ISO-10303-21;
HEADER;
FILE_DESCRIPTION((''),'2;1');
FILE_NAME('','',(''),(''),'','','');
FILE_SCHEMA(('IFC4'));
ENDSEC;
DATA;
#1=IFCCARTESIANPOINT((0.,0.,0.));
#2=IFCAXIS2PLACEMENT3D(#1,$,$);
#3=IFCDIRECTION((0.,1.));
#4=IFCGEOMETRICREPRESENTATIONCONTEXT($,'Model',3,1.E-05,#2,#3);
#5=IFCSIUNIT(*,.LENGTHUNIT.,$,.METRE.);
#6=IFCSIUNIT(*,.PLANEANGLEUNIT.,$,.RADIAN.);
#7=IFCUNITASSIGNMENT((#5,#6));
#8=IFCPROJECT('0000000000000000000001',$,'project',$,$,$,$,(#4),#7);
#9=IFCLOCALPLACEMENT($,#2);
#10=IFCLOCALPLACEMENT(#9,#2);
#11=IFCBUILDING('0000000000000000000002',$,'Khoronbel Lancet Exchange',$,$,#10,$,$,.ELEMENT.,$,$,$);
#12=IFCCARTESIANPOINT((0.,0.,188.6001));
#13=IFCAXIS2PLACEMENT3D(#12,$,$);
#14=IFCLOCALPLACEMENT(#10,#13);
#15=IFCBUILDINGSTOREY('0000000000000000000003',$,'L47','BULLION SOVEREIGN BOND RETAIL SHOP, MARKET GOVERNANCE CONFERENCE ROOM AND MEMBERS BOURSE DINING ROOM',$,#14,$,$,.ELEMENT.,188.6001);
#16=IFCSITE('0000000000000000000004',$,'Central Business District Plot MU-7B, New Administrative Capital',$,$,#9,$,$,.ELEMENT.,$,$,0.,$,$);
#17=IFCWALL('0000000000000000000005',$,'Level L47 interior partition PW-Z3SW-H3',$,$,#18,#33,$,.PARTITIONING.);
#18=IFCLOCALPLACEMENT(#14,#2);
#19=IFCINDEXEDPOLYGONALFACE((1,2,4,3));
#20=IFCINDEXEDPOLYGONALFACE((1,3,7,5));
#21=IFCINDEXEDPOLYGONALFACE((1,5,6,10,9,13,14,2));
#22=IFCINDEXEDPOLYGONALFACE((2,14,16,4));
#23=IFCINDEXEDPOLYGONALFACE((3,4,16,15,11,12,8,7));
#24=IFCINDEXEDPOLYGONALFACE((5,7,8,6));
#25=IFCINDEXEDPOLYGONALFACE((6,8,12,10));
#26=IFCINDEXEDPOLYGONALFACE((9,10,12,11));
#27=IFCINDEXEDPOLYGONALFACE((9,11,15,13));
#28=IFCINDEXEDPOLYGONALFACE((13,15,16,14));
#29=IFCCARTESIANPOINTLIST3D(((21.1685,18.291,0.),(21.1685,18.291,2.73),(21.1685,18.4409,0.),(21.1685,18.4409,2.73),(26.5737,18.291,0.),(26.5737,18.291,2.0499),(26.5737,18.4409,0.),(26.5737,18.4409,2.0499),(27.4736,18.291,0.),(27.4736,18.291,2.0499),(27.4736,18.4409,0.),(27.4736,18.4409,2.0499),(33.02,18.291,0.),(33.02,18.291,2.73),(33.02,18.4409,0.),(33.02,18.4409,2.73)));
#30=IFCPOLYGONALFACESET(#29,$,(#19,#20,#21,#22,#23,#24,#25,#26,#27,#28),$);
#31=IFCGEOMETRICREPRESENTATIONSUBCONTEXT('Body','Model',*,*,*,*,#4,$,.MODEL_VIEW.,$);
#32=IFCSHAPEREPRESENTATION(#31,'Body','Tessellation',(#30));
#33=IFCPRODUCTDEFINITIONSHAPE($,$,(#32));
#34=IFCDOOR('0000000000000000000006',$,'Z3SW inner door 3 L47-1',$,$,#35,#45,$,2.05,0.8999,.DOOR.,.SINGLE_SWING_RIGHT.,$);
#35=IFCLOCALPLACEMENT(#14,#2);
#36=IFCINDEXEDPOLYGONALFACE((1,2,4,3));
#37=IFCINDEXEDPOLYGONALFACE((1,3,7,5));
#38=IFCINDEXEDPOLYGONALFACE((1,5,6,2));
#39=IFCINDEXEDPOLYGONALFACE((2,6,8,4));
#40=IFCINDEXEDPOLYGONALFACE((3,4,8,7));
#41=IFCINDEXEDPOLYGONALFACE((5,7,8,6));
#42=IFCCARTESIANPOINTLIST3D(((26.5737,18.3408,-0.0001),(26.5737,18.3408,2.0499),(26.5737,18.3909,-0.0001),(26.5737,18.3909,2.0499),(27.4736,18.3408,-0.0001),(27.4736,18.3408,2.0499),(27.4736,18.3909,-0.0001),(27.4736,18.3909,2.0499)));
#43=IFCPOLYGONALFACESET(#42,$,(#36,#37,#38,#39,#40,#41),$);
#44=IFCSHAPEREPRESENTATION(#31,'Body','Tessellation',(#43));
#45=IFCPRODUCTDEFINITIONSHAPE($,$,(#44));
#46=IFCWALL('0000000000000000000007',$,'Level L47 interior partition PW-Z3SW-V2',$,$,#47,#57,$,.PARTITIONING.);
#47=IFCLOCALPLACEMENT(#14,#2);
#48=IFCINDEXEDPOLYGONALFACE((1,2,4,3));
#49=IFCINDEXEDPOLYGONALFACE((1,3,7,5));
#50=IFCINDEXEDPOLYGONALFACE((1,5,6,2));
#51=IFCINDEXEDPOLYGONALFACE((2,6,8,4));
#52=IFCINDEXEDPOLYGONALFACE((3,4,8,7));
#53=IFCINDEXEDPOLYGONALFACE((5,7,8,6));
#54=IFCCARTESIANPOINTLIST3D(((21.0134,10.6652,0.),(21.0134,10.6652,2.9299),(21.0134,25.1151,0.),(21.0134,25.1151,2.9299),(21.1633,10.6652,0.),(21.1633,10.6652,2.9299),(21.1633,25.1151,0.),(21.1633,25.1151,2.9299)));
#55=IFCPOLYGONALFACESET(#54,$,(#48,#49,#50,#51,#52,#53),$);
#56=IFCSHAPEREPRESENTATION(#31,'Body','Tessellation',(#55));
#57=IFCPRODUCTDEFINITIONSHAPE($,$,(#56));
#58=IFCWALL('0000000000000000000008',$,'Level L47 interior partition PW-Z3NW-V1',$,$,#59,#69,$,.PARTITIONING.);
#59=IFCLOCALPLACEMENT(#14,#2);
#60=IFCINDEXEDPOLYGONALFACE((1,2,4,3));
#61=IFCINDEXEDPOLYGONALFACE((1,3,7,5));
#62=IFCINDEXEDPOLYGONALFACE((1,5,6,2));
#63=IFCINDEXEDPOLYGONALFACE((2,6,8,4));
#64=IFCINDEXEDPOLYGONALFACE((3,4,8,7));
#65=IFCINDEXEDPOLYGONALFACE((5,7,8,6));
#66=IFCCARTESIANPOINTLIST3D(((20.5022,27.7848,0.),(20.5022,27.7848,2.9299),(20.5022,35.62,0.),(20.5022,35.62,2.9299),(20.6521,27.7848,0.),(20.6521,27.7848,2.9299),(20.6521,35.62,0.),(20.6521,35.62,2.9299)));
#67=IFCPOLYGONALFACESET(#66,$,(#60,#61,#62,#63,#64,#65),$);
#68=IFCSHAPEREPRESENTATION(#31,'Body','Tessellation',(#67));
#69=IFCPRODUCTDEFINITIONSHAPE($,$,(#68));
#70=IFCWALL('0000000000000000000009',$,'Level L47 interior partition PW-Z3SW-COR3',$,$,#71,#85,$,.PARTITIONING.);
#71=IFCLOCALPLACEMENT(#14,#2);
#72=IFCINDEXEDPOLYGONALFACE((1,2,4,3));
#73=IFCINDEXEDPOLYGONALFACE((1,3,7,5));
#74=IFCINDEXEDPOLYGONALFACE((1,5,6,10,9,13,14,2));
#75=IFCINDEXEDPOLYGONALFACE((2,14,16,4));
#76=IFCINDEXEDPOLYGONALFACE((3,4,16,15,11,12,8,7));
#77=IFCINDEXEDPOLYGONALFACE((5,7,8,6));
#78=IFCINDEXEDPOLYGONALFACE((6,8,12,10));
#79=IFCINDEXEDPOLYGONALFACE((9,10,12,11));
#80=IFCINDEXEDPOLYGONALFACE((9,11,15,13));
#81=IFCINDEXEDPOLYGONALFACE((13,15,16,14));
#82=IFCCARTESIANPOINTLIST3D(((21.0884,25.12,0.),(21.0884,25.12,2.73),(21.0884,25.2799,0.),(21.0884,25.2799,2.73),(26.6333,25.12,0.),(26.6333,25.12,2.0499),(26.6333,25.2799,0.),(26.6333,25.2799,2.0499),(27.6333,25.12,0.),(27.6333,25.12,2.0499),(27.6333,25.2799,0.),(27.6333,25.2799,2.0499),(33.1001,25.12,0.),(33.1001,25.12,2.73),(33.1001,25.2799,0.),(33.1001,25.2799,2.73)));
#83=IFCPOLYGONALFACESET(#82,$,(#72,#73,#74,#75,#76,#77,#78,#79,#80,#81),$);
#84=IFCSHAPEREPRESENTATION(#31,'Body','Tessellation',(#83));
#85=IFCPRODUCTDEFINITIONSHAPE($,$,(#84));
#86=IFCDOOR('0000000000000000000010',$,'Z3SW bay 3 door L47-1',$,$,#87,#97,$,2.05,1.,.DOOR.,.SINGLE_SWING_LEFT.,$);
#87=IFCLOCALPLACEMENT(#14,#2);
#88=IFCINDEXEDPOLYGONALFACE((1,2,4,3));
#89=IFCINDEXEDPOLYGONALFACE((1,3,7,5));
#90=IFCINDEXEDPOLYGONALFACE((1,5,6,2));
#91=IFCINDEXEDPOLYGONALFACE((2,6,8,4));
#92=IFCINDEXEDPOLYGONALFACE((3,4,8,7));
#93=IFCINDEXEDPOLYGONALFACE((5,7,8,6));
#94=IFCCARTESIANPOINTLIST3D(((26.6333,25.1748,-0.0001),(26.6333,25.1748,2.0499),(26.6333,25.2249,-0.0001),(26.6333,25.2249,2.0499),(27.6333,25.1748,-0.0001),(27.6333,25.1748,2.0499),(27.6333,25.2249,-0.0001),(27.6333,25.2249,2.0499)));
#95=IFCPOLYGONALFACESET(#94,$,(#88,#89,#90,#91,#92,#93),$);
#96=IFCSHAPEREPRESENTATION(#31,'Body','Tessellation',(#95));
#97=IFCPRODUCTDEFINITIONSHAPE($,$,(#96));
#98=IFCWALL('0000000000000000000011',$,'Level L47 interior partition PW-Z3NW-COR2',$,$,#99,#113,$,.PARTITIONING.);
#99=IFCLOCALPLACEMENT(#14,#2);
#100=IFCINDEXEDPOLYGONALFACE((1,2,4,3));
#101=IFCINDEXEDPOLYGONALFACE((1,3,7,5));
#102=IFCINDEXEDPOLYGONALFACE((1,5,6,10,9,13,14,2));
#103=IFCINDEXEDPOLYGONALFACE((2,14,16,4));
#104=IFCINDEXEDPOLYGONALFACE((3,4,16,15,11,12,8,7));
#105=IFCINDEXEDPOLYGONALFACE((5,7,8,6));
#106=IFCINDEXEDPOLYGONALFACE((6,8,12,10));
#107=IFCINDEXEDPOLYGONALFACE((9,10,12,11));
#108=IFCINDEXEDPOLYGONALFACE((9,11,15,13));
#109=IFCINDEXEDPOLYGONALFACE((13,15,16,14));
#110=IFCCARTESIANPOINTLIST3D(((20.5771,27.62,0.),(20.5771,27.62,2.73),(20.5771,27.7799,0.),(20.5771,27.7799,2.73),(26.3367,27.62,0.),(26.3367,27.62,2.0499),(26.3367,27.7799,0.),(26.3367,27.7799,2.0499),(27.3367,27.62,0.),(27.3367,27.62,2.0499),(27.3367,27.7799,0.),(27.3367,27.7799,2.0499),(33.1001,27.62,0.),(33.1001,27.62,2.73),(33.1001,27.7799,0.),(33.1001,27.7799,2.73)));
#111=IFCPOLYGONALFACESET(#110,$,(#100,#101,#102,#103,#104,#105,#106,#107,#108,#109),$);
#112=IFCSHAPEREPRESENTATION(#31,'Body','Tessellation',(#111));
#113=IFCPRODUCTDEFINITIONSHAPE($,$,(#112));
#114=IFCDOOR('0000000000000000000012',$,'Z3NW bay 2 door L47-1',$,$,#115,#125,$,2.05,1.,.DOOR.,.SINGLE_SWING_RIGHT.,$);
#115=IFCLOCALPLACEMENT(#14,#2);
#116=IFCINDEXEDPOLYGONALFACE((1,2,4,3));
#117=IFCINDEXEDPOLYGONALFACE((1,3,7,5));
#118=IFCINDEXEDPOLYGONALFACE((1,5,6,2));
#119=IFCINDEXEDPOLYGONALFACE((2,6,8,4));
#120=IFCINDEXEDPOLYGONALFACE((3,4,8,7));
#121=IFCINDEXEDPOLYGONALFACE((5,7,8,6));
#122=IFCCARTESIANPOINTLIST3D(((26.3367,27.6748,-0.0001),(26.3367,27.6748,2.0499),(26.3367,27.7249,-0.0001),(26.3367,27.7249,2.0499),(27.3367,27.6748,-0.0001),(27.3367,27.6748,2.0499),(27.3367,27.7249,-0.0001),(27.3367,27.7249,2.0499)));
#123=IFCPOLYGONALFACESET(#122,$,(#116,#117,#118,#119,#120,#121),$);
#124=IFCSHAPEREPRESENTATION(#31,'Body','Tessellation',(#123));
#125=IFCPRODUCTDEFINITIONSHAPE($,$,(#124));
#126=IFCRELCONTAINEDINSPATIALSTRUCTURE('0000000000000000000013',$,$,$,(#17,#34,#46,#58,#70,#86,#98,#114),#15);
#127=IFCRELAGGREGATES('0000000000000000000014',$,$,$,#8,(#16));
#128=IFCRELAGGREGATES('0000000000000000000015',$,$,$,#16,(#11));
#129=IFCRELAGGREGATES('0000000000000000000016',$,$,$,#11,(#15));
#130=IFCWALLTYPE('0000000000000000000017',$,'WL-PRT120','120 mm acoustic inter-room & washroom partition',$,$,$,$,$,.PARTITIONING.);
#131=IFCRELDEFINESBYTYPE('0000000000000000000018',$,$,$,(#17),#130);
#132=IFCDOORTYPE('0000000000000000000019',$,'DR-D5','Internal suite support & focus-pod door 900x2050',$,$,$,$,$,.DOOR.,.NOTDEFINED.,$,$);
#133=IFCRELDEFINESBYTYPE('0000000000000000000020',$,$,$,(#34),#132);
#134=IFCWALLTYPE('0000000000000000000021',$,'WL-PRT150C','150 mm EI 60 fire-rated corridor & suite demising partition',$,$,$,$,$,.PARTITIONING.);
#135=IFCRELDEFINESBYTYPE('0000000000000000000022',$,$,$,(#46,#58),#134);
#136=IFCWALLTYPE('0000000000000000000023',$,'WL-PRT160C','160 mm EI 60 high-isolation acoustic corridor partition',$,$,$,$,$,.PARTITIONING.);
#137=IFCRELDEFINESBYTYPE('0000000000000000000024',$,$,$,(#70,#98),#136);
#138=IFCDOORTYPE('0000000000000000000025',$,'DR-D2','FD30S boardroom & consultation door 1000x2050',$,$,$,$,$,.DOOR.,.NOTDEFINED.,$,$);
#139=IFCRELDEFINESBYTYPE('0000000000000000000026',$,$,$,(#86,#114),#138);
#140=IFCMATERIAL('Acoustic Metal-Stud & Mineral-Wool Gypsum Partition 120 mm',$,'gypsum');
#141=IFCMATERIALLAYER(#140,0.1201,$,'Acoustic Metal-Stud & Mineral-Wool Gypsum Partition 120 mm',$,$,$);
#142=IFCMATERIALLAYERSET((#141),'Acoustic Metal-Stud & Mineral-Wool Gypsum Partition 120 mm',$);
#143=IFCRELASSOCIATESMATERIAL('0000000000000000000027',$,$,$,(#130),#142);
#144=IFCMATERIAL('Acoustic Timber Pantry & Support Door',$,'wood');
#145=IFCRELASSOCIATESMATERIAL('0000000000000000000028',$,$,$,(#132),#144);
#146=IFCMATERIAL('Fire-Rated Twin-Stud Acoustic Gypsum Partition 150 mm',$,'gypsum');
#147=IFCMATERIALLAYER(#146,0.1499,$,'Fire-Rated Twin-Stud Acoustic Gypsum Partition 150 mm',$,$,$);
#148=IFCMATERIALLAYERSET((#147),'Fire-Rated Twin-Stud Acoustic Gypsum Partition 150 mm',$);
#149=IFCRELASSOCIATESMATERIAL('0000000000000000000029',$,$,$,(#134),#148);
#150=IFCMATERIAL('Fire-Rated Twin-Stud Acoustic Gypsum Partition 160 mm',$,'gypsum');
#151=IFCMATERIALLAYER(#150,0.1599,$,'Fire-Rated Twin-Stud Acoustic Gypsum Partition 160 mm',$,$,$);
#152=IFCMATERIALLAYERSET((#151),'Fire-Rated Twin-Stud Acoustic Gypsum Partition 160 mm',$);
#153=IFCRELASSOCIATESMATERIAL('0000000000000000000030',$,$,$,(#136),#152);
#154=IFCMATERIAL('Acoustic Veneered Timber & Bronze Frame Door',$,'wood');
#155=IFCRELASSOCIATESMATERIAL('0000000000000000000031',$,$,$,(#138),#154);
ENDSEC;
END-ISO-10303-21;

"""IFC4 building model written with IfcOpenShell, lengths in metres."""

from ifc_helpers import new_model, si_unit, direction, frame, frame_2d, origin, place, context, subcontext, project, spatial, rectangle, extrude, material, layer, layer_set, type_object, element, fill, save


model = new_model("IFC4")

# Units and contexts
model_context = context("Model", 3, precision=1e-05, world=origin(), true_north=direction((0.0, 1.0)))
body_context = subcontext(model_context, "Body", "Model", "MODEL_VIEW")
ifc_project = project(units=[si_unit("LENGTHUNIT", "METRE"), si_unit("PLANEANGLEUNIT", "RADIAN")], contexts=[model_context])

# Site, building, storey
site_placement = place(None, origin())
site = spatial("IfcSite", under=ifc_project, at=site_placement, Name="Central Business District Plot MU-7B, New Administrative Capital", CompositionType="ELEMENT", RefElevation=0.0)
building_placement = place(site_placement, origin())
building = spatial("IfcBuilding", under=site, at=building_placement, Name="Khoronbel Lancet Exchange", CompositionType="ELEMENT")
storey_placement = place(building_placement, frame((0.0, 0.0, 188.6001)))
storey = spatial("IfcBuildingStorey", under=building, at=storey_placement, Name="L47", Description="BULLION SOVEREIGN BOND RETAIL SHOP, MARKET GOVERNANCE CONFERENCE ROOM AND MEMBERS BOURSE DINING ROOM", CompositionType="ELEMENT", Elevation=188.6001)

# Wall, opening, door
ifc_material_1 = material(Name="Acoustic Metal-Stud & Mineral-Wool Gypsum Partition 120 mm", Category="gypsum")
ifc_layer_1 = layer(ifc_material_1, 0.1201, Name="Acoustic Metal-Stud & Mineral-Wool Gypsum Partition 120 mm")
ifc_layer_set_1 = layer_set([ifc_layer_1], Name="Acoustic Metal-Stud & Mineral-Wool Gypsum Partition 120 mm")
wall_type_1 = type_object("IfcWallType", Name="WL-PRT120", Description="120 mm acoustic inter-room & washroom partition", PredefinedType="PARTITIONING", material=ifc_layer_set_1)
wall_1_placement = place(storey_placement, frame((21.1685, 18.366, 0.0), z_axis=(0.0, 0.0, 1.0), x_axis=(1.0, 0.0, 0.0)))
wall_1 = element("IfcWall", 1, at=wall_1_placement, inside=storey, type_object=wall_type_1, Name="Level L47 interior partition PW-Z3SW-H3", PredefinedType="PARTITIONING", context=body_context, shape_type="SweptSolid", body=[
    extrude(rectangle(XDim=11.8516, YDim=0.1499, at=frame_2d((5.9258, 0.0))), origin(), (0.0, 0.0, 1.0), 2.73),
])
opening_1_placement = place(wall_1_placement, frame((5.4053, 0.0, 0.0)))
opening_1 = element("IfcOpeningElement", 2, at=opening_1_placement, cuts=wall_1, PredefinedType="OPENING", context=body_context, shape_type="SweptSolid", body=[
    extrude(rectangle(XDim=0.8999, YDim=2.05, at=frame_2d((0.45, 1.0249))), frame((0.0, 0.085, 0.0), z_axis=(0.0, -1.0, 0.0), x_axis=(1.0, 0.0, 0.0)), (0.0, 0.0, 1.0), 0.1699),
])
ifc_material_2 = material(Name="Acoustic Timber Pantry & Support Door", Category="wood")
door_type_1 = type_object("IfcDoorType", Name="DR-D5", Description="Internal suite support & focus-pod door 900x2050", OperationType="NOTDEFINED", PredefinedType="DOOR", material=ifc_material_2)
door_1_placement = place(opening_1_placement, origin())
door_1 = element("IfcDoor", 3, at=door_1_placement, inside=storey, type_object=door_type_1, Name="Z3SW inner door 3 L47-1", OperationType="SINGLE_SWING_RIGHT", OverallHeight=2.05, OverallWidth=0.8999, PredefinedType="DOOR", context=body_context, shape_type="SweptSolid", body=[
    extrude(rectangle(XDim=0.8999, YDim=2.05, at=frame_2d((0.45, 1.0249))), frame((0.0, 0.0249, 0.0), z_axis=(0.0, -1.0, 0.0), x_axis=(1.0, 0.0, 0.0)), (0.0, 0.0, 1.0), 0.05),
])
fill(opening_1, door_1)

# Walls
ifc_material_3 = material(Name="Fire-Rated Twin-Stud Acoustic Gypsum Partition 150 mm", Category="gypsum")
ifc_layer_2 = layer(ifc_material_3, 0.1499, Name="Fire-Rated Twin-Stud Acoustic Gypsum Partition 150 mm")
ifc_layer_set_2 = layer_set([ifc_layer_2], Name="Fire-Rated Twin-Stud Acoustic Gypsum Partition 150 mm")
wall_type_2 = type_object("IfcWallType", Name="WL-PRT150C", Description="150 mm EI 60 fire-rated corridor & suite demising partition", PredefinedType="PARTITIONING", material=ifc_layer_set_2)
wall_2_placement = place(storey_placement, frame((21.0884, 10.665, 0.0), z_axis=(0.0, 0.0, 1.0), x_axis=(0.0, 1.0, 0.0)))
element("IfcWall", 4, at=wall_2_placement, inside=storey, type_object=wall_type_2, Name="Level L47 interior partition PW-Z3SW-V2", PredefinedType="PARTITIONING", context=body_context, shape_type="SweptSolid", body=[
    extrude(rectangle(XDim=14.45, YDim=0.1499, at=frame_2d((7.2251, 0.0))), origin(), (0.0, 0.0, 1.0), 2.9299),
])
wall_3_placement = place(storey_placement, frame((20.5771, 27.7849, 0.0), z_axis=(0.0, 0.0, 1.0), x_axis=(0.0, 1.0, 0.0)))
element("IfcWall", 5, at=wall_3_placement, inside=storey, type_object=wall_type_2, Name="Level L47 interior partition PW-Z3NW-V1", PredefinedType="PARTITIONING", context=body_context, shape_type="SweptSolid", body=[
    extrude(rectangle(XDim=7.8352, YDim=0.1499, at=frame_2d((3.9175, 0.0))), origin(), (0.0, 0.0, 1.0), 2.9299),
])

# Walls, openings, doors
ifc_material_4 = material(Name="Fire-Rated Twin-Stud Acoustic Gypsum Partition 160 mm", Category="gypsum")
ifc_layer_3 = layer(ifc_material_4, 0.1599, Name="Fire-Rated Twin-Stud Acoustic Gypsum Partition 160 mm")
ifc_layer_set_3 = layer_set([ifc_layer_3], Name="Fire-Rated Twin-Stud Acoustic Gypsum Partition 160 mm")
wall_type_3 = type_object("IfcWallType", Name="WL-PRT160C", Description="160 mm EI 60 high-isolation acoustic corridor partition", PredefinedType="PARTITIONING", material=ifc_layer_set_3)
wall_4_placement = place(storey_placement, frame((21.0884, 25.2, 0.0), z_axis=(0.0, 0.0, 1.0), x_axis=(1.0, 0.0, 0.0)))
wall_4 = element("IfcWall", 6, at=wall_4_placement, inside=storey, type_object=wall_type_3, Name="Level L47 interior partition PW-Z3SW-COR3", PredefinedType="PARTITIONING", context=body_context, shape_type="SweptSolid", body=[
    extrude(rectangle(XDim=12.0117, YDim=0.1599, at=frame_2d((6.0059, 0.0))), origin(), (0.0, 0.0, 1.0), 2.73),
])
opening_2_placement = place(wall_4_placement, frame((5.5449, 0.0, 0.0)))
opening_2 = element("IfcOpeningElement", 7, at=opening_2_placement, cuts=wall_4, PredefinedType="OPENING", context=body_context, shape_type="SweptSolid", body=[
    extrude(rectangle(XDim=1.0, YDim=2.05, at=frame_2d((0.5, 1.0249))), frame((0.0, 0.0898, 0.0), z_axis=(0.0, -1.0, 0.0), x_axis=(1.0, 0.0, 0.0)), (0.0, 0.0, 1.0), 0.1799),
])
ifc_material_5 = material(Name="Acoustic Veneered Timber & Bronze Frame Door", Category="wood")
door_type_2 = type_object("IfcDoorType", Name="DR-D2", Description="FD30S boardroom & consultation door 1000x2050", OperationType="NOTDEFINED", PredefinedType="DOOR", material=ifc_material_5)
door_2_placement = place(opening_2_placement, origin())
door_2 = element("IfcDoor", 8, at=door_2_placement, inside=storey, type_object=door_type_2, Name="Z3SW bay 3 door L47-1", OperationType="SINGLE_SWING_LEFT", OverallHeight=2.05, OverallWidth=1.0, PredefinedType="DOOR", context=body_context, shape_type="SweptSolid", body=[
    extrude(rectangle(XDim=1.0, YDim=2.05, at=frame_2d((0.5, 1.0249))), frame((0.0, 0.0249, 0.0), z_axis=(0.0, -1.0, 0.0), x_axis=(1.0, 0.0, 0.0)), (0.0, 0.0, 1.0), 0.05),
])
fill(opening_2, door_2)
wall_5_placement = place(storey_placement, frame((20.5771, 27.7, 0.0), z_axis=(0.0, 0.0, 1.0), x_axis=(1.0, 0.0, 0.0)))
wall_5 = element("IfcWall", 9, at=wall_5_placement, inside=storey, type_object=wall_type_3, Name="Level L47 interior partition PW-Z3NW-COR2", PredefinedType="PARTITIONING", context=body_context, shape_type="SweptSolid", body=[
    extrude(rectangle(XDim=12.5229, YDim=0.1599, at=frame_2d((6.2615, 0.0))), origin(), (0.0, 0.0, 1.0), 2.73),
])
opening_3_placement = place(wall_5_placement, frame((5.7595, 0.0, 0.0)))
opening_3 = element("IfcOpeningElement", 10, at=opening_3_placement, cuts=wall_5, PredefinedType="OPENING", context=body_context, shape_type="SweptSolid", body=[
    extrude(rectangle(XDim=1.0, YDim=2.05, at=frame_2d((0.5, 1.0249))), frame((0.0, 0.0898, 0.0), z_axis=(0.0, -1.0, 0.0), x_axis=(1.0, 0.0, 0.0)), (0.0, 0.0, 1.0), 0.1799),
])
door_3_placement = place(opening_3_placement, origin())
door_3 = element("IfcDoor", 11, at=door_3_placement, inside=storey, type_object=door_type_2, Name="Z3NW bay 2 door L47-1", OperationType="SINGLE_SWING_RIGHT", OverallHeight=2.05, OverallWidth=1.0, PredefinedType="DOOR", context=body_context, shape_type="SweptSolid", body=[
    extrude(rectangle(XDim=1.0, YDim=2.05, at=frame_2d((0.5, 1.0249))), frame((0.0, 0.0249, 0.0), z_axis=(0.0, -1.0, 0.0), x_axis=(1.0, 0.0, 0.0)), (0.0, 0.0, 1.0), 0.05),
])
fill(opening_3, door_3)

save(model, "model.ifc")
